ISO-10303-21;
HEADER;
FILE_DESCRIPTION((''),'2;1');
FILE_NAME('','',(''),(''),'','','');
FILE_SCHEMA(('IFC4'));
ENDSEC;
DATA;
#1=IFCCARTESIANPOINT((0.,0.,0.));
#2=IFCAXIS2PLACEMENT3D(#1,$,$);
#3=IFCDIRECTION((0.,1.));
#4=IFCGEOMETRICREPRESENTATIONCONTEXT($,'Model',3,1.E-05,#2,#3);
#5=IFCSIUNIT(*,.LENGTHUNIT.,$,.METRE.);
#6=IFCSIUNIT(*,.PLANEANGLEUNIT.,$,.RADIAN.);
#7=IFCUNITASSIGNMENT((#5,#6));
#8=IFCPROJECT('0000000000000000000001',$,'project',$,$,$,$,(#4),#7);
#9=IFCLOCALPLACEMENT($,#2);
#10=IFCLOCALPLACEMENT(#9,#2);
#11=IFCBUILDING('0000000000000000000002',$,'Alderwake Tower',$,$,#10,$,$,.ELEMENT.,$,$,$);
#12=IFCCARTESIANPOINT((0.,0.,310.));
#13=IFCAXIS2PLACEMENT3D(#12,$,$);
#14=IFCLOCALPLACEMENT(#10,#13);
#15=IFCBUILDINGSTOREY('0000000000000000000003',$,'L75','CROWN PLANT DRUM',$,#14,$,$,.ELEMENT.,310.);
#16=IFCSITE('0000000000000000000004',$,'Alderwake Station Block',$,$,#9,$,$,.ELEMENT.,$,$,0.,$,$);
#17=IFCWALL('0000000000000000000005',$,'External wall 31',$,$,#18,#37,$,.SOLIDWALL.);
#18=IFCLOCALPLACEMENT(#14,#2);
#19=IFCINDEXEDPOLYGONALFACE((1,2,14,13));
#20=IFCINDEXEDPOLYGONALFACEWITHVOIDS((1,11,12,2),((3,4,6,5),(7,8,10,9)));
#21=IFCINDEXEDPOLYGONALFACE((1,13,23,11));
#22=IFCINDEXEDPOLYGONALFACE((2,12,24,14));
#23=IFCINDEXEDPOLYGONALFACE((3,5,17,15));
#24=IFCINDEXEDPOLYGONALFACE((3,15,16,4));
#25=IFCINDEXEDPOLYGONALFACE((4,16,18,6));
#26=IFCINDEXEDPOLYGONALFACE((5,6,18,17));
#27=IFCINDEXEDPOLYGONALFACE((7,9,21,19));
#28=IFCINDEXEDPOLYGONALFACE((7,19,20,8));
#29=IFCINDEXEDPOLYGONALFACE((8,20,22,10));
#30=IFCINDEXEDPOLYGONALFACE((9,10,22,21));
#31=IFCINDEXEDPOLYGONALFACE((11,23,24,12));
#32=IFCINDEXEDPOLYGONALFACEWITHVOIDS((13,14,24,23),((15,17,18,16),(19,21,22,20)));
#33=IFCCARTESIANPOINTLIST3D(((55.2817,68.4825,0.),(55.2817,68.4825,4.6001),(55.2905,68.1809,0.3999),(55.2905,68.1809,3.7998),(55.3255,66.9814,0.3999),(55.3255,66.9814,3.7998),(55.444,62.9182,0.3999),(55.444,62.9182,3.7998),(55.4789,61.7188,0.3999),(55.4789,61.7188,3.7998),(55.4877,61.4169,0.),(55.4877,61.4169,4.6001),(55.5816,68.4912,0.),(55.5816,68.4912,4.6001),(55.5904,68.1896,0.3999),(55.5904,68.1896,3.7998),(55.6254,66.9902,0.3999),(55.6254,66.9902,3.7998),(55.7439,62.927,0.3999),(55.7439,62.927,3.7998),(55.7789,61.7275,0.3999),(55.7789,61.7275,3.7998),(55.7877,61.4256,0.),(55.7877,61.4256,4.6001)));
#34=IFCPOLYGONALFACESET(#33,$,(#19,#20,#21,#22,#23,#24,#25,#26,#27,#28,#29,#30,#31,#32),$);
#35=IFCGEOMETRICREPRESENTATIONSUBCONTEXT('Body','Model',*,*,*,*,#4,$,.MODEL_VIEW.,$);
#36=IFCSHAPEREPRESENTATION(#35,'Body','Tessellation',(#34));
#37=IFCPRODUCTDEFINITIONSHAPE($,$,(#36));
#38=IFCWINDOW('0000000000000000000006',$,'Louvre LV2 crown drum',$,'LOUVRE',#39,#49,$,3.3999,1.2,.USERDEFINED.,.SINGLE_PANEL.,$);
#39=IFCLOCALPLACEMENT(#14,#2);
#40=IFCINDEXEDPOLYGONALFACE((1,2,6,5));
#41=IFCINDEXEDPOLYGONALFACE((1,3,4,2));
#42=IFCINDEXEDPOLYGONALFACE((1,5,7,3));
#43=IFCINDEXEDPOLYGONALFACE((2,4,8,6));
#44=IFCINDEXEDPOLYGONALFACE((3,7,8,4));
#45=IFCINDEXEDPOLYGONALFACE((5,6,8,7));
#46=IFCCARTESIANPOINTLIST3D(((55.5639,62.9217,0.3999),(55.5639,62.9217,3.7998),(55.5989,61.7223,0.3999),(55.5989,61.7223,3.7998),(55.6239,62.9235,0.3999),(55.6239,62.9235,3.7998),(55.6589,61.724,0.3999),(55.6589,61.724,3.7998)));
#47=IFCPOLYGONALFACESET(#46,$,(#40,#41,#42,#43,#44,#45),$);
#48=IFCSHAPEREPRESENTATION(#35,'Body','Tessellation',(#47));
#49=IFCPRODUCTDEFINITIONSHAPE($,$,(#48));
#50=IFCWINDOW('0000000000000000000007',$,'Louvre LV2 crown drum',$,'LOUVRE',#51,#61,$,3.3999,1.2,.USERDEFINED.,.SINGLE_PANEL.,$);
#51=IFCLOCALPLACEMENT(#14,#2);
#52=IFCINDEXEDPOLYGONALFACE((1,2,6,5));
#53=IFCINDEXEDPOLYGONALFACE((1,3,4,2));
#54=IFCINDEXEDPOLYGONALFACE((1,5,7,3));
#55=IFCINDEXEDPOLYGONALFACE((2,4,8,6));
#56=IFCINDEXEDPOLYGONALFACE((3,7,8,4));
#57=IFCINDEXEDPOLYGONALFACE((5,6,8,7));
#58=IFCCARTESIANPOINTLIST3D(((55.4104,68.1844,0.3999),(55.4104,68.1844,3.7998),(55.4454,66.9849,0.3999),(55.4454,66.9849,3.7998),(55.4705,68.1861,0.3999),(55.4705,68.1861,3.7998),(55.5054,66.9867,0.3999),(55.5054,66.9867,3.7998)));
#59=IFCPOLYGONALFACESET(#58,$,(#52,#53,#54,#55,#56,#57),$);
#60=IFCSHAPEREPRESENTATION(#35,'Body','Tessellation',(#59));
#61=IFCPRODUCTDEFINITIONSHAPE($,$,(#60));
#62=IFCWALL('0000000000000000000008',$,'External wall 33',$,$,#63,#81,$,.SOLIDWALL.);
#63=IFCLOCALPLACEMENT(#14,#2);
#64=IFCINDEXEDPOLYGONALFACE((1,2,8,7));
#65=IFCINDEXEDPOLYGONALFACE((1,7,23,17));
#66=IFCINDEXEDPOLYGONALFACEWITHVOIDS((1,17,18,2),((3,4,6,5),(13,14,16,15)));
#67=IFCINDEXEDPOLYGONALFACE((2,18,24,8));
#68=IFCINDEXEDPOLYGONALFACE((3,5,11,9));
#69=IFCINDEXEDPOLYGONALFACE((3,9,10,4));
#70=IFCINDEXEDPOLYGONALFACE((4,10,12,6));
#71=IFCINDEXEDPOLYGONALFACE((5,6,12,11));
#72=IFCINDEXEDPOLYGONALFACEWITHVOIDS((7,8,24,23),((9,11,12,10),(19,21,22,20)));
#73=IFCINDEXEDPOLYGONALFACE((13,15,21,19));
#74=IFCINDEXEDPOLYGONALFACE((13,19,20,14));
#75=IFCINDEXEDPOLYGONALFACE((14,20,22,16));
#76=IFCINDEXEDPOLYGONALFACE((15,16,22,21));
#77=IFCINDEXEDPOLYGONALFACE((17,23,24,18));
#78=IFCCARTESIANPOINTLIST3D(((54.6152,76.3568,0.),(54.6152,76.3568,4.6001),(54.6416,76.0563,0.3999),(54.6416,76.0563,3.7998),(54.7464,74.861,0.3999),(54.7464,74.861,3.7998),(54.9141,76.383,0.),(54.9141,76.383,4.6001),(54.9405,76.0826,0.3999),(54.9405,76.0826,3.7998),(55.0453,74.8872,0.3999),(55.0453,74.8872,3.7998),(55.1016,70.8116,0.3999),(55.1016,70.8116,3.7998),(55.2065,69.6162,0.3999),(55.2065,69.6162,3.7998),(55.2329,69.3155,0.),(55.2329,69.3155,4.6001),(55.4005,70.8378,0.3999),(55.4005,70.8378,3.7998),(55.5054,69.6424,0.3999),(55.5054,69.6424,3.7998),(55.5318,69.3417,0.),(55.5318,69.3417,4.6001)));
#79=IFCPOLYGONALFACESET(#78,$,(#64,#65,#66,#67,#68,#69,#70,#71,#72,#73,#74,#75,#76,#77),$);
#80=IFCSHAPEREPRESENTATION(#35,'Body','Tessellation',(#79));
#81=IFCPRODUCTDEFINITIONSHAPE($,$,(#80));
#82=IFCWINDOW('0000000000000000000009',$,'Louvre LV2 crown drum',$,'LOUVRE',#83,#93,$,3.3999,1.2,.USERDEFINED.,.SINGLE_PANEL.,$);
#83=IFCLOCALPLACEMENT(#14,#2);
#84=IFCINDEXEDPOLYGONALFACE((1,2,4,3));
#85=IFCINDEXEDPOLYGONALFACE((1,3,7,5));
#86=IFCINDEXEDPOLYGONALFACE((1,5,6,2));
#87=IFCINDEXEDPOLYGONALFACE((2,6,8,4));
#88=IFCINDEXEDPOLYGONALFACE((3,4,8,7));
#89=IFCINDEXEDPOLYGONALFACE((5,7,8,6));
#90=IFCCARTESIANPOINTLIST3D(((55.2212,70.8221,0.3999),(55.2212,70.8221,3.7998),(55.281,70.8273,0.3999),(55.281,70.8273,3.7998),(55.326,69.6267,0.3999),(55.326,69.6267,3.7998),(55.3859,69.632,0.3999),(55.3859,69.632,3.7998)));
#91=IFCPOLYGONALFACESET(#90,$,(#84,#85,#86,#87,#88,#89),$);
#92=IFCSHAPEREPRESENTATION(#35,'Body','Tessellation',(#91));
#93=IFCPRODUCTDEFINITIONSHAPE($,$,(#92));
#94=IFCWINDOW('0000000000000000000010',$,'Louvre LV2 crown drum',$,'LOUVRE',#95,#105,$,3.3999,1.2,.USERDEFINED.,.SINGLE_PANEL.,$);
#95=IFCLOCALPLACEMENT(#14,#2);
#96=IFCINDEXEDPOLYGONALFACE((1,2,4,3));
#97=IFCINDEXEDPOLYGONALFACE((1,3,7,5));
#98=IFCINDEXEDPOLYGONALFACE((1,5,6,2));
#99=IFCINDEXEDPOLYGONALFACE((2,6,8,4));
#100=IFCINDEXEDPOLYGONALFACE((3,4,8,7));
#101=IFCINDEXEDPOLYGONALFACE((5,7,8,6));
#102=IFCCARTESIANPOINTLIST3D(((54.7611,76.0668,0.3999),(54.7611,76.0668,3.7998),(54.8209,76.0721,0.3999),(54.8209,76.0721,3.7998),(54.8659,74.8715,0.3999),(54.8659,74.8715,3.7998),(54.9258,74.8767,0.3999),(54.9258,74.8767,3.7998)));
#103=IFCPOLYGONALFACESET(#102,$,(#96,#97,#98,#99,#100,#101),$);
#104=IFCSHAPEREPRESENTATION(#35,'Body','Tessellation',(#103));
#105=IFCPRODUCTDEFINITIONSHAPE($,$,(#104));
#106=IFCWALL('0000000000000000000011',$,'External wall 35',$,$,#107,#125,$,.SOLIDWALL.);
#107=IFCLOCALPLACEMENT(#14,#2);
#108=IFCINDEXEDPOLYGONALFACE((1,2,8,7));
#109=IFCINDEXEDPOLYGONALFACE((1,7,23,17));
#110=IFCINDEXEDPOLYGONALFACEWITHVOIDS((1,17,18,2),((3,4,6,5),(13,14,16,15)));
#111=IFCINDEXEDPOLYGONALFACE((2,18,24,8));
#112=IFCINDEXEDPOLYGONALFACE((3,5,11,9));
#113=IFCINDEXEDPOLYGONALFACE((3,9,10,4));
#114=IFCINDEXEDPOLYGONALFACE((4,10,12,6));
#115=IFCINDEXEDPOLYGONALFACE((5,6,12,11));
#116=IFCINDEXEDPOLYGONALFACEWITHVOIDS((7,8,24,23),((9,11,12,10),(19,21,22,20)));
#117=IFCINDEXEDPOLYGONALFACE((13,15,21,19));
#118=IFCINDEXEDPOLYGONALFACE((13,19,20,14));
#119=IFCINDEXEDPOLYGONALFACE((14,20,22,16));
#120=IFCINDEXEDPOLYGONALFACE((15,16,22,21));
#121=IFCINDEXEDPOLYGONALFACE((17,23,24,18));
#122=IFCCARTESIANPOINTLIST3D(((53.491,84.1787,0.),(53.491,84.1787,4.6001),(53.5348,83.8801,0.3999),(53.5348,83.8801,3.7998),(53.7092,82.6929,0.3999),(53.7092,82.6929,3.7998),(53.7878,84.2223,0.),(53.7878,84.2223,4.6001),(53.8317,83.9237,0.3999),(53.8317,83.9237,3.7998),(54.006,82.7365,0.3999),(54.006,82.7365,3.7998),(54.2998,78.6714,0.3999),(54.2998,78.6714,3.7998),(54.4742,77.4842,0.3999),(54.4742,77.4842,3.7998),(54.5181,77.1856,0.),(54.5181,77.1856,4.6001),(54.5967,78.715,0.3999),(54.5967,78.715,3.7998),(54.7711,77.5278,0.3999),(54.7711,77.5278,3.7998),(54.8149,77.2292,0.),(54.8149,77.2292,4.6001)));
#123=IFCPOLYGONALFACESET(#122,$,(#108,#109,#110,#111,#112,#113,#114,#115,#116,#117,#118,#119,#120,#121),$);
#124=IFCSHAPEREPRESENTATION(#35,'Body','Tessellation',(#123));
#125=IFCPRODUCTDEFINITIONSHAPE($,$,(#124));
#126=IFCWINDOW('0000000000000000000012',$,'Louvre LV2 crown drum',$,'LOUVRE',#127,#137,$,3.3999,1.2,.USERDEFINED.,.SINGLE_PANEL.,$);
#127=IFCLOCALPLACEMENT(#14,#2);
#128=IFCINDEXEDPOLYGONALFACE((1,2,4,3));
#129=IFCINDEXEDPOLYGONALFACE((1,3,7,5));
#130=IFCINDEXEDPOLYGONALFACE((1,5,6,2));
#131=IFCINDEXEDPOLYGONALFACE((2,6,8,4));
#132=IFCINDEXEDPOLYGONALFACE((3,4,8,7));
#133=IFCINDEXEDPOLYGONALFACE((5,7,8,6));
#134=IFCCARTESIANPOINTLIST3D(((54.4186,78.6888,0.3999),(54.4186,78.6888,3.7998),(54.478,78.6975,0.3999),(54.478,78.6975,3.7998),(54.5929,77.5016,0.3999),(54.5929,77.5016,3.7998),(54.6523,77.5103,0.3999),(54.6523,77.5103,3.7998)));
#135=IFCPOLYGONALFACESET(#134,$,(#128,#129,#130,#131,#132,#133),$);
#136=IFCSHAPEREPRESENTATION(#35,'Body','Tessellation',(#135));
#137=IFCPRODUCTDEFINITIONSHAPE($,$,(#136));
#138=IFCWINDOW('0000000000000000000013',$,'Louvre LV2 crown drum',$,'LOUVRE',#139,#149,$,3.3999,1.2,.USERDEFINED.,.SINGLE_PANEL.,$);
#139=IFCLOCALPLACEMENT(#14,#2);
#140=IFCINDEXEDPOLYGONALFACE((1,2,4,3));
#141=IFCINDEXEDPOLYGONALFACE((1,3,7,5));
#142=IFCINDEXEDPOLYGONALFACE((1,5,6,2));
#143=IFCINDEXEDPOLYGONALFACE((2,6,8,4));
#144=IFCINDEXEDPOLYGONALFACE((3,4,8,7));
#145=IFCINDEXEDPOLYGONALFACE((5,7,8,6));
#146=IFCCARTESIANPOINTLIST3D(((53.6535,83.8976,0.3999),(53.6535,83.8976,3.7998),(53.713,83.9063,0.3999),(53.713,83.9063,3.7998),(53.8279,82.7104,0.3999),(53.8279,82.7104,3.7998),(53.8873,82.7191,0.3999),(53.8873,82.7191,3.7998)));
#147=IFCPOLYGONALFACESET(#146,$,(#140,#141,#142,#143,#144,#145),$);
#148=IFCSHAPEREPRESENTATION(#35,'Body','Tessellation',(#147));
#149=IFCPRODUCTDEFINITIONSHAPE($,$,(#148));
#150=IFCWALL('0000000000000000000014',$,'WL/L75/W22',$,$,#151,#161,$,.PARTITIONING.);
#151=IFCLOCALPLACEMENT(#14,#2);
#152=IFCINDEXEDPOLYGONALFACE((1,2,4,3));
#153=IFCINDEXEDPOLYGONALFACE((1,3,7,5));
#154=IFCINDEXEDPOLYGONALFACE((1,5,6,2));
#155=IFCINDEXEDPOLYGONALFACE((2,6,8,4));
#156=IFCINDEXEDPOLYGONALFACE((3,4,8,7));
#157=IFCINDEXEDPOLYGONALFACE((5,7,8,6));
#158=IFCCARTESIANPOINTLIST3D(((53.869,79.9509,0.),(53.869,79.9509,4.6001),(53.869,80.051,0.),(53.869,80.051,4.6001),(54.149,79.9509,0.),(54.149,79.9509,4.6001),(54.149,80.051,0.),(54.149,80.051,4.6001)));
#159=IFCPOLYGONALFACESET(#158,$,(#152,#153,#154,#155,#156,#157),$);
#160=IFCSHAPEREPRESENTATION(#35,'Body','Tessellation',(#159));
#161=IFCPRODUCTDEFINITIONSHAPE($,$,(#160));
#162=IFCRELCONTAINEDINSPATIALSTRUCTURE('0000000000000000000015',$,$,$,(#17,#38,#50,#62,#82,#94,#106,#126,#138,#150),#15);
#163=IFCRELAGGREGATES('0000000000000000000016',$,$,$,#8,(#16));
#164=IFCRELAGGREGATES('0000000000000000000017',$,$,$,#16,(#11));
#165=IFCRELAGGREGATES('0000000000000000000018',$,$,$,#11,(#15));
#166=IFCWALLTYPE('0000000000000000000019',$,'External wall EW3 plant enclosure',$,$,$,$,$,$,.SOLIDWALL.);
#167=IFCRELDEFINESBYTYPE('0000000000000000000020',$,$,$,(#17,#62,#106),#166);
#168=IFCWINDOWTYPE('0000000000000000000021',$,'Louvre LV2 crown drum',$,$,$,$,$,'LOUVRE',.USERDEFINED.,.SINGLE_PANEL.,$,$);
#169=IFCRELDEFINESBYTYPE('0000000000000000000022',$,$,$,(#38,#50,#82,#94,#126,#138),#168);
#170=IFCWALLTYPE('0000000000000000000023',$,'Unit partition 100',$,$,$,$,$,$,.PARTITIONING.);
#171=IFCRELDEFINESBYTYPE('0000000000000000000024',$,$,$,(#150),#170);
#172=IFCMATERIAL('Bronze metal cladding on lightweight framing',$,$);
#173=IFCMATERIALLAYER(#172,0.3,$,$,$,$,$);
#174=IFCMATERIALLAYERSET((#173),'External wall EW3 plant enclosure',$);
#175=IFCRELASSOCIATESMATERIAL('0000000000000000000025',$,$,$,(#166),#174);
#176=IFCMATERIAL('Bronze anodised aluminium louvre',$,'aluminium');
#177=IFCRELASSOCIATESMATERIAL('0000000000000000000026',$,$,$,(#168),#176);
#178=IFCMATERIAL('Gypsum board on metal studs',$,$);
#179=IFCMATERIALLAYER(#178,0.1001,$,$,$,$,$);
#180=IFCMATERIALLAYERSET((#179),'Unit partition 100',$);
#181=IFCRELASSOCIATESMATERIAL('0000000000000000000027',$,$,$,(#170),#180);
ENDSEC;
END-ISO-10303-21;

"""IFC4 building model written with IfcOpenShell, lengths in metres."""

from ifc_helpers import new_model, si_unit, direction, frame, frame_2d, origin, place, context, subcontext, project, spatial, rectangle, extrude, material, layer, layer_set, type_object, element, fill, save


model = new_model("IFC4")

# Units and contexts
model_context = context("Model", 3, precision=1e-05, world=origin(), true_north=direction((0.0, 1.0)))
body_context = subcontext(model_context, "Body", "Model", "MODEL_VIEW")
ifc_project = project(units=[si_unit("LENGTHUNIT", "METRE"), si_unit("PLANEANGLEUNIT", "RADIAN")], contexts=[model_context])

# Site, building, storey
site_placement = place(None, origin())
site = spatial("IfcSite", under=ifc_project, at=site_placement, Name="Alderwake Station Block", CompositionType="ELEMENT", RefElevation=0.0)
building_placement = place(site_placement, origin())
building = spatial("IfcBuilding", under=site, at=building_placement, Name="Alderwake Tower", CompositionType="ELEMENT")
storey_placement = place(building_placement, frame((0.0, 0.0, 310.0)))
storey = spatial("IfcBuildingStorey", under=building, at=storey_placement, Name="L75", Description="CROWN PLANT DRUM", CompositionType="ELEMENT", Elevation=310.0)

# Walls, openings, windows
ifc_material_1 = material(Name="Bronze metal cladding on lightweight framing")
ifc_layer_1 = layer(ifc_material_1, 0.3)
ifc_layer_set_1 = layer_set([ifc_layer_1], Name="External wall EW3 plant enclosure")
wall_type_1 = type_object("IfcWallType", Name="External wall EW3 plant enclosure", PredefinedType="SOLIDWALL", material=ifc_layer_set_1)
wall_1_placement = place(storey_placement, frame((55.6377, 61.4214, 0.0), z_axis=(0.0, 0.0, 1.0), x_axis=(-0.02915, 0.999575, 0.0)))
wall_1 = element("IfcWall", 1, at=wall_1_placement, inside=storey, type_object=wall_type_1, Name="External wall 31", PredefinedType="SOLIDWALL", context=body_context, shape_type="SweptSolid", body=[
    extrude(rectangle(XDim=7.0686, YDim=0.3, at=frame_2d((3.5342, 0.0))), origin(), (0.0, 0.0, 1.0), 4.6001),
])
opening_1_placement = place(wall_1_placement, frame((0.3018, 0.0, 0.3999)))
opening_1 = element("IfcOpeningElement", 2, at=opening_1_placement, cuts=wall_1, PredefinedType="OPENING", context=body_context, shape_type="SweptSolid", body=[
    extrude(rectangle(XDim=1.2, YDim=3.3999, at=frame_2d((0.6001, 1.7))), frame((0.0, 0.1599, 0.0), z_axis=(0.0, -1.0, 0.0), x_axis=(1.0, 0.0, 0.0)), (0.0, 0.0, 1.0), 0.3201),
])
opening_2_placement = place(wall_1_placement, frame((5.5667, 0.0, 0.3999)))
opening_2 = element("IfcOpeningElement", 3, at=opening_2_placement, cuts=wall_1, PredefinedType="OPENING", context=body_context, shape_type="SweptSolid", body=[
    extrude(rectangle(XDim=1.2, YDim=3.3999, at=frame_2d((0.6001, 1.7))), frame((0.0, 0.1599, 0.0), z_axis=(0.0, -1.0, 0.0), x_axis=(1.0, 0.0, 0.0)), (0.0, 0.0, 1.0), 0.3201),
])
ifc_material_2 = material(Name="Bronze anodised aluminium louvre", Category="aluminium")
window_type = type_object("IfcWindowType", Name="Louvre LV2 crown drum", ElementType="LOUVRE", PartitioningType="SINGLE_PANEL", PredefinedType="USERDEFINED", material=ifc_material_2)
window_1_placement = place(opening_1_placement, origin())
window_1 = element("IfcWindow", 4, at=window_1_placement, inside=storey, type_object=window_type, Name="Louvre LV2 crown drum", ObjectType="LOUVRE", OverallHeight=3.3999, OverallWidth=1.2, PartitioningType="SINGLE_PANEL", PredefinedType="USERDEFINED", context=body_context, shape_type="SweptSolid", body=[
    extrude(rectangle(XDim=1.2, YDim=3.3999, at=frame_2d((0.6001, 1.7))), frame((0.0, 0.03, 0.0), z_axis=(0.0, -1.0, 0.0), x_axis=(1.0, 0.0, 0.0)), (0.0, 0.0, 1.0), 0.0601),
])
fill(opening_1, window_1)
window_2_placement = place(opening_2_placement, origin())
window_2 = element("IfcWindow", 5, at=window_2_placement, inside=storey, type_object=window_type, Name="Louvre LV2 crown drum", ObjectType="LOUVRE", OverallHeight=3.3999, OverallWidth=1.2, PartitioningType="SINGLE_PANEL", PredefinedType="USERDEFINED", context=body_context, shape_type="SweptSolid", body=[
    extrude(rectangle(XDim=1.2, YDim=3.3999, at=frame_2d((0.6001, 1.7))), frame((0.0, 0.03, 0.0), z_axis=(0.0, -1.0, 0.0), x_axis=(1.0, 0.0, 0.0)), (0.0, 0.0, 1.0), 0.0601),
])
fill(opening_2, window_2)
wall_2_placement = place(storey_placement, frame((55.3823, 69.3286, 0.0), z_axis=(0.0, 0.0, 1.0), x_axis=(-0.087387, 0.996174, 0.0)))
wall_2 = element("IfcWall", 6, at=wall_2_placement, inside=storey, type_object=wall_type_1, Name="External wall 33", PredefinedType="SOLIDWALL", context=body_context, shape_type="SweptSolid", body=[
    extrude(rectangle(XDim=7.0684, YDim=0.3, at=frame_2d((3.5342, 0.0))), origin(), (0.0, 0.0, 1.0), 4.6001),
])
opening_3_placement = place(wall_2_placement, frame((0.3018, 0.0, 0.3999)))
opening_3 = element("IfcOpeningElement", 7, at=opening_3_placement, cuts=wall_2, PredefinedType="OPENING", context=body_context, shape_type="SweptSolid", body=[
    extrude(rectangle(XDim=1.2, YDim=3.3999, at=frame_2d((0.6001, 1.7))), frame((0.0, 0.1599, 0.0), z_axis=(0.0, -1.0, 0.0), x_axis=(1.0, 0.0, 0.0)), (0.0, 0.0, 1.0), 0.3201),
])
opening_4_placement = place(wall_2_placement, frame((5.5667, 0.0, 0.3999)))
opening_4 = element("IfcOpeningElement", 8, at=opening_4_placement, cuts=wall_2, PredefinedType="OPENING", context=body_context, shape_type="SweptSolid", body=[
    extrude(rectangle(XDim=1.2, YDim=3.3999, at=frame_2d((0.6001, 1.7))), frame((0.0, 0.1599, 0.0), z_axis=(0.0, -1.0, 0.0), x_axis=(1.0, 0.0, 0.0)), (0.0, 0.0, 1.0), 0.3201),
])
window_3_placement = place(opening_3_placement, origin())
window_3 = element("IfcWindow", 9, at=window_3_placement, inside=storey, type_object=window_type, Name="Louvre LV2 crown drum", ObjectType="LOUVRE", OverallHeight=3.3999, OverallWidth=1.2, PartitioningType="SINGLE_PANEL", PredefinedType="USERDEFINED", context=body_context, shape_type="SweptSolid", body=[
    extrude(rectangle(XDim=1.2, YDim=3.3999, at=frame_2d((0.6001, 1.7))), frame((0.0, 0.03, 0.0), z_axis=(0.0, -1.0, 0.0), x_axis=(1.0, 0.0, 0.0)), (0.0, 0.0, 1.0), 0.0601),
])
fill(opening_3, window_3)
window_4_placement = place(opening_4_placement, origin())
window_4 = element("IfcWindow", 10, at=window_4_placement, inside=storey, type_object=window_type, Name="Louvre LV2 crown drum", ObjectType="LOUVRE", OverallHeight=3.3999, OverallWidth=1.2, PartitioningType="SINGLE_PANEL", PredefinedType="USERDEFINED", context=body_context, shape_type="SweptSolid", body=[
    extrude(rectangle(XDim=1.2, YDim=3.3999, at=frame_2d((0.6001, 1.7))), frame((0.0, 0.03, 0.0), z_axis=(0.0, -1.0, 0.0), x_axis=(1.0, 0.0, 0.0)), (0.0, 0.0, 1.0), 0.0601),
])
fill(opening_4, window_4)
wall_3_placement = place(storey_placement, frame((54.6665, 77.2073, 0.0), z_axis=(0.0, 0.0, 1.0), x_axis=(-0.145313, 0.989386, 0.0)))
wall_3 = element("IfcWall", 11, at=wall_3_placement, inside=storey, type_object=wall_type_1, Name="External wall 35", PredefinedType="SOLIDWALL", context=body_context, shape_type="SweptSolid", body=[
    extrude(rectangle(XDim=7.0681, YDim=0.3, at=frame_2d((3.5342, 0.0))), origin(), (0.0, 0.0, 1.0), 4.6001),
])
opening_5_placement = place(wall_3_placement, frame((0.3018, 0.0, 0.3999)))
opening_5 = element("IfcOpeningElement", 12, at=opening_5_placement, cuts=wall_3, PredefinedType="OPENING", context=body_context, shape_type="SweptSolid", body=[
    extrude(rectangle(XDim=1.2, YDim=3.3999, at=frame_2d((0.6001, 1.7))), frame((0.0, 0.1599, 0.0), z_axis=(0.0, -1.0, 0.0), x_axis=(1.0, 0.0, 0.0)), (0.0, 0.0, 1.0), 0.3201),
])
opening_6_placement = place(wall_3_placement, frame((5.5664, 0.0, 0.3999)))
opening_6 = element("IfcOpeningElement", 13, at=opening_6_placement, cuts=wall_3, PredefinedType="OPENING", context=body_context, shape_type="SweptSolid", body=[
    extrude(rectangle(XDim=1.2, YDim=3.3999, at=frame_2d((0.6001, 1.7))), frame((0.0, 0.1599, 0.0), z_axis=(0.0, -1.0, 0.0), x_axis=(1.0, 0.0, 0.0)), (0.0, 0.0, 1.0), 0.3201),
])
window_5_placement = place(opening_5_placement, origin())
window_5 = element("IfcWindow", 14, at=window_5_placement, inside=storey, type_object=window_type, Name="Louvre LV2 crown drum", ObjectType="LOUVRE", OverallHeight=3.3999, OverallWidth=1.2, PartitioningType="SINGLE_PANEL", PredefinedType="USERDEFINED", context=body_context, shape_type="SweptSolid", body=[
    extrude(rectangle(XDim=1.2, YDim=3.3999, at=frame_2d((0.6001, 1.7))), frame((0.0, 0.03, 0.0), z_axis=(0.0, -1.0, 0.0), x_axis=(1.0, 0.0, 0.0)), (0.0, 0.0, 1.0), 0.0601),
])
fill(opening_5, window_5)
window_6_placement = place(opening_6_placement, origin())
window_6 = element("IfcWindow", 15, at=window_6_placement, inside=storey, type_object=window_type, Name="Louvre LV2 crown drum", ObjectType="LOUVRE", OverallHeight=3.3999, OverallWidth=1.2, PartitioningType="SINGLE_PANEL", PredefinedType="USERDEFINED", context=body_context, shape_type="SweptSolid", body=[
    extrude(rectangle(XDim=1.2, YDim=3.3999, at=frame_2d((0.6001, 1.7))), frame((0.0, 0.03, 0.0), z_axis=(0.0, -1.0, 0.0), x_axis=(1.0, 0.0, 0.0)), (0.0, 0.0, 1.0), 0.0601),
])
fill(opening_6, window_6)

# Wall
ifc_material_3 = material(Name="Gypsum board on metal studs")
ifc_layer_2 = layer(ifc_material_3, 0.1001)
ifc_layer_set_2 = layer_set([ifc_layer_2], Name="Unit partition 100")
wall_type_2 = type_object("IfcWallType", Name="Unit partition 100", PredefinedType="PARTITIONING", material=ifc_layer_set_2)
wall_4_placement = place(storey_placement, frame((53.8689, 80.001, 0.0), z_axis=(0.0, 0.0, 1.0), x_axis=(1.0, 0.0, 0.0)))
element("IfcWall", 16, at=wall_4_placement, inside=storey, type_object=wall_type_2, Name="WL/L75/W22", PredefinedType="PARTITIONING", context=body_context, shape_type="SweptSolid", body=[
    extrude(rectangle(XDim=0.28, YDim=0.1001, at=frame_2d((0.1401, 0.0))), origin(), (0.0, 0.0, 1.0), 4.6001),
])

save(model, "model.ifc")
